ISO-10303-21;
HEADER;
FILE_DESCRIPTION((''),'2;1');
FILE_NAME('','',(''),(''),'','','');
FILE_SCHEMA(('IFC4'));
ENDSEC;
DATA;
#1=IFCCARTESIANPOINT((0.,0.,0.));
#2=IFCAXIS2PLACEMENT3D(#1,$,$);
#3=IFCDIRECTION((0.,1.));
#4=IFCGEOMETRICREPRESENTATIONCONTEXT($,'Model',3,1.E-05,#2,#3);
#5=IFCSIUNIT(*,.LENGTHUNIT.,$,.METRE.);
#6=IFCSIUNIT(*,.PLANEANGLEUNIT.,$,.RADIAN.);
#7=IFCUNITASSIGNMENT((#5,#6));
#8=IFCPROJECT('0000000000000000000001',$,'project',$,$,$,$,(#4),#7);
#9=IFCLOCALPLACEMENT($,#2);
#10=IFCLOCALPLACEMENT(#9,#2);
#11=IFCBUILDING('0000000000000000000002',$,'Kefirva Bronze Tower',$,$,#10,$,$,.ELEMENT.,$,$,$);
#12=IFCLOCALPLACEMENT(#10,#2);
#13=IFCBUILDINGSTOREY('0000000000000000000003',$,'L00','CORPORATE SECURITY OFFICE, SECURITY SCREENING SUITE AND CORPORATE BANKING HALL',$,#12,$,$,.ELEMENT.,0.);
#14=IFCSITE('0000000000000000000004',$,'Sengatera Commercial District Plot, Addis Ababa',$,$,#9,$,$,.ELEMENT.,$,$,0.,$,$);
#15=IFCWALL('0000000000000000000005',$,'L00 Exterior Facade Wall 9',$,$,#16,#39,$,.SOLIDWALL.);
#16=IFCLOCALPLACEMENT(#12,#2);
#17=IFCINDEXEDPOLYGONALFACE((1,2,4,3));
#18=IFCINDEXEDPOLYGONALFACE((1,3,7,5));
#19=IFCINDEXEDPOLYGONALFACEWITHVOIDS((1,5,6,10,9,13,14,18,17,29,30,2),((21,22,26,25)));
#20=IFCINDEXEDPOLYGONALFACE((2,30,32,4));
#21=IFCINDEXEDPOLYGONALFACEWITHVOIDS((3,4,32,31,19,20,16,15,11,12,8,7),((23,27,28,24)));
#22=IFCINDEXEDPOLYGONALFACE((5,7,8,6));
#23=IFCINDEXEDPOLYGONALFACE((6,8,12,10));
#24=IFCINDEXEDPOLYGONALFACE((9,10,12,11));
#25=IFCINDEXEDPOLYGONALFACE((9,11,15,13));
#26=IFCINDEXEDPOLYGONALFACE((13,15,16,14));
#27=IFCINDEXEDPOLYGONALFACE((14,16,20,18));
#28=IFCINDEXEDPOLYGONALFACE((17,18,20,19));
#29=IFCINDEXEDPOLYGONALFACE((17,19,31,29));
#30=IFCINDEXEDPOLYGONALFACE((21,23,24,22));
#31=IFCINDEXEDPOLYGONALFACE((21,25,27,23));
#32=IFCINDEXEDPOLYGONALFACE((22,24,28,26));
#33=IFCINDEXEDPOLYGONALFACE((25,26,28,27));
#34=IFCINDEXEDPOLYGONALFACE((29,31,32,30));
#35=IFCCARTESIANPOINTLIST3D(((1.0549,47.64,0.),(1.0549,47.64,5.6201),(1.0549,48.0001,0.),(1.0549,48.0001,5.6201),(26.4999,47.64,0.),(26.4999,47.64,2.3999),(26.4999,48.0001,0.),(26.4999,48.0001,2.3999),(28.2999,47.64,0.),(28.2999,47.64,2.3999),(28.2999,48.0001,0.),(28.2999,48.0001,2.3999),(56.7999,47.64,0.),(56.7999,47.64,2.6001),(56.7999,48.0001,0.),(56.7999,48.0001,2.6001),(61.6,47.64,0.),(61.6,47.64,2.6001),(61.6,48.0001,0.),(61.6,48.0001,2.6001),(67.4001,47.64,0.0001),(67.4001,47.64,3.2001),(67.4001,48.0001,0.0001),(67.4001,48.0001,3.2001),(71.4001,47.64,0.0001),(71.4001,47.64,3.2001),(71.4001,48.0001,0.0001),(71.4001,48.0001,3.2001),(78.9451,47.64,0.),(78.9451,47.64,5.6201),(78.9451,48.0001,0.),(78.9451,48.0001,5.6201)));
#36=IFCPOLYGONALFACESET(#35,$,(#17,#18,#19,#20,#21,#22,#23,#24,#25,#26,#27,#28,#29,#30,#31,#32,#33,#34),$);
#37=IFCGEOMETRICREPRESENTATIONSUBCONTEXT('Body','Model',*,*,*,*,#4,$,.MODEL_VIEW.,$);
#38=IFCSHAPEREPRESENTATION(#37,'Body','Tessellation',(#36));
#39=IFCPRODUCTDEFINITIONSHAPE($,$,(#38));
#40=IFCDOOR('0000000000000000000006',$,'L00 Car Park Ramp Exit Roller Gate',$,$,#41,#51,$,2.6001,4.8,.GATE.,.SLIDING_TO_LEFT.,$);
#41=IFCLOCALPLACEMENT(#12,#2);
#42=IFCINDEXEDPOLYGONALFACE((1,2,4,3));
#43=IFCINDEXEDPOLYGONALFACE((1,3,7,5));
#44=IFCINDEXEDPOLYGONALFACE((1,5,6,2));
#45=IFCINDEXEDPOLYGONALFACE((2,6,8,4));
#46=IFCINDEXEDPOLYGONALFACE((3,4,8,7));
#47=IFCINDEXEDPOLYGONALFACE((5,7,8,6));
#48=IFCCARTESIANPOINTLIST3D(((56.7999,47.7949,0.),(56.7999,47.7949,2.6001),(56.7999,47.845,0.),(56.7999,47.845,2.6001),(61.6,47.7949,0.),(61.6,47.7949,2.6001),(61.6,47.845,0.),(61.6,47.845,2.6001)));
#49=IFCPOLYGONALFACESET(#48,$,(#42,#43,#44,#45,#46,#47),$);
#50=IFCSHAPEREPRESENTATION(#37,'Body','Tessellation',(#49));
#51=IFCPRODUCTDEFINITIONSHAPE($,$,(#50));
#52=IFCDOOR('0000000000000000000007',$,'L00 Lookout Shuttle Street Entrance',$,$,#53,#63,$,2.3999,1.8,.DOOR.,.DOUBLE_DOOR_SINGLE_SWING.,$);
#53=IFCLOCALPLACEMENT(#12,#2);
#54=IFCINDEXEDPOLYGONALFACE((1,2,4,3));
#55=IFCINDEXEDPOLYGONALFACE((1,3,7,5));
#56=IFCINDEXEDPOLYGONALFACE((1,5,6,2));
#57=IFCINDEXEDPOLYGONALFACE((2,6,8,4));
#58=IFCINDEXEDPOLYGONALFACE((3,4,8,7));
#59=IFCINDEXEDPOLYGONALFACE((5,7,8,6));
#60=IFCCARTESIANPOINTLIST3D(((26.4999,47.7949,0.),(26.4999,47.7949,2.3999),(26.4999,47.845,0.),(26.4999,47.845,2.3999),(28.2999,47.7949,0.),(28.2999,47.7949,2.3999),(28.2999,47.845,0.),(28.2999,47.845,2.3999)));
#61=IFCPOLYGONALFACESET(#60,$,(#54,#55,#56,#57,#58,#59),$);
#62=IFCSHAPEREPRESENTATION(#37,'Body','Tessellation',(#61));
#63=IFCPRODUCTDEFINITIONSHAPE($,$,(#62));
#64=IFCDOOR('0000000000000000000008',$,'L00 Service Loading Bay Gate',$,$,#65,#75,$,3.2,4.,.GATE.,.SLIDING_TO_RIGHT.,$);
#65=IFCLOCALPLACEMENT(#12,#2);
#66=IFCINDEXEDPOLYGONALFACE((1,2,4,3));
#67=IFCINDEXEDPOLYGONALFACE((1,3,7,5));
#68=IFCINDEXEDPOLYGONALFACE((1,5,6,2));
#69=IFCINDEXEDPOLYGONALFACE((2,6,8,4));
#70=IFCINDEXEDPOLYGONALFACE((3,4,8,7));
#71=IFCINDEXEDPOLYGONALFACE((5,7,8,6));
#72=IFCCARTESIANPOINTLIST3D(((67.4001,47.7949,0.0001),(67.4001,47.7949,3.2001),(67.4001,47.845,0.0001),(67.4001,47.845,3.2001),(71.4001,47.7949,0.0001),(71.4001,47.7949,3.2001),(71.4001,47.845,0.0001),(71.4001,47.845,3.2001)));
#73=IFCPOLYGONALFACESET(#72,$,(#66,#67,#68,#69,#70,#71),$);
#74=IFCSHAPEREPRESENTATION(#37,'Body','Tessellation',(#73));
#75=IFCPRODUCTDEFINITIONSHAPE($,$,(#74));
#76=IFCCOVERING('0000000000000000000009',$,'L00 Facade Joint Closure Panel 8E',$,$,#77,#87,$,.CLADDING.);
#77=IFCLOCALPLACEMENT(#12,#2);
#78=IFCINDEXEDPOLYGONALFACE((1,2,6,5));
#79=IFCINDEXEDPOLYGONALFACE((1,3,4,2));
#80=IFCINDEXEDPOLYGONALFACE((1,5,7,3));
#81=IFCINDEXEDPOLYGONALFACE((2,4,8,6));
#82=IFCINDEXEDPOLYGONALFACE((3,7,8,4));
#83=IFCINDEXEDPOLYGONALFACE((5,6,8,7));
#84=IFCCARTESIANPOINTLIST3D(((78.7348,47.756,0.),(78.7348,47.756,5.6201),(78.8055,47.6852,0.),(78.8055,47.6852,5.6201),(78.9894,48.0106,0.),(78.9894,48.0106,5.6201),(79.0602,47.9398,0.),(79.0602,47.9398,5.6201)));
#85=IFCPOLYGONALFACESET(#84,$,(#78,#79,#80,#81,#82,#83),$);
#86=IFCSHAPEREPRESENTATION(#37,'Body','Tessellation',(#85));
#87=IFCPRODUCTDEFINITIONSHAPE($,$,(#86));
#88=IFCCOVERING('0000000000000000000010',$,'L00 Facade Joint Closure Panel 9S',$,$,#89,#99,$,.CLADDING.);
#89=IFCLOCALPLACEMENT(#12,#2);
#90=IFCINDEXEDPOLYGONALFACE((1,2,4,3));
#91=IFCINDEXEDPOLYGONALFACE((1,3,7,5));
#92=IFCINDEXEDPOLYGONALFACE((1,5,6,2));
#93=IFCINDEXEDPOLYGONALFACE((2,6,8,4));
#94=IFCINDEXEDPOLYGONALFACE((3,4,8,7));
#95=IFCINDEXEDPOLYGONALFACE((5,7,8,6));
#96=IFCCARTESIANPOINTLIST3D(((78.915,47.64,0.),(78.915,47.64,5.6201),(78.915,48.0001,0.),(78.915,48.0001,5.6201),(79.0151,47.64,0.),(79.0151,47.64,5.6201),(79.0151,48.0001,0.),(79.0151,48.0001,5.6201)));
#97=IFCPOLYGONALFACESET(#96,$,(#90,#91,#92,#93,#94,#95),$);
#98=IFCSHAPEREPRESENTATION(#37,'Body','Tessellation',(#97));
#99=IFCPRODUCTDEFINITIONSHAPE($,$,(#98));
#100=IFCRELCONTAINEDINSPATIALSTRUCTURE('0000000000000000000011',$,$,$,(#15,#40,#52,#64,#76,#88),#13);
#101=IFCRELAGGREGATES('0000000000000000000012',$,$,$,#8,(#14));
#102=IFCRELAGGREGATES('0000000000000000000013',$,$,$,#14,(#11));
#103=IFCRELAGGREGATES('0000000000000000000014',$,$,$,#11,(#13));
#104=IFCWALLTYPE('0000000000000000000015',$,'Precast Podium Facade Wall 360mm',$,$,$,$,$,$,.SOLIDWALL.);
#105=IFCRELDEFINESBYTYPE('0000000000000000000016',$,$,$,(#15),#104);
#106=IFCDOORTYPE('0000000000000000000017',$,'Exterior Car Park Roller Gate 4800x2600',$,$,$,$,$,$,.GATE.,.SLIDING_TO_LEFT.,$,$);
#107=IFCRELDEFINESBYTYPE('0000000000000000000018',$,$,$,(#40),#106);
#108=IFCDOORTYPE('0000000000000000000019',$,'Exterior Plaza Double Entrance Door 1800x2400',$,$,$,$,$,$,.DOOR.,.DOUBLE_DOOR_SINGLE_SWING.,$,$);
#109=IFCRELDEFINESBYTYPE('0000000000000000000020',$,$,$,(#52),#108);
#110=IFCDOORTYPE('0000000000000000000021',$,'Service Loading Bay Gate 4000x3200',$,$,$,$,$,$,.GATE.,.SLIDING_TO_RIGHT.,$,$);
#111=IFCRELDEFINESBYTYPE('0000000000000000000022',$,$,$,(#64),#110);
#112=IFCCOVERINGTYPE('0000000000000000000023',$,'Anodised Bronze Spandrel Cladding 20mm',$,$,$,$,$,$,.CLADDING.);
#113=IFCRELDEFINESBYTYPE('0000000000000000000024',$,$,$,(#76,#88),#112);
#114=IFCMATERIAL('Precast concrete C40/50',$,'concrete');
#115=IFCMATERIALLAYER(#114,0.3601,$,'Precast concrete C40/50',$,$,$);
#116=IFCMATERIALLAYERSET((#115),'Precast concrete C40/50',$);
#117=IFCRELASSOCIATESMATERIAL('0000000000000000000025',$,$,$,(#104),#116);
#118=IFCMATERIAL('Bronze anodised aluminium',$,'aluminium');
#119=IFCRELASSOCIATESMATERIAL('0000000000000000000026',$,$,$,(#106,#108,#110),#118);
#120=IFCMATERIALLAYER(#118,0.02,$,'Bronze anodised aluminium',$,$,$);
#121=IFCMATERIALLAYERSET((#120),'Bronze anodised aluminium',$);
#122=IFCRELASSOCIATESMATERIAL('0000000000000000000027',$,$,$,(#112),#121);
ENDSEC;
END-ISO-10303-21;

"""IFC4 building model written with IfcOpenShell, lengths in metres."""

from ifc_helpers import new_model, si_unit, direction, frame, frame_2d, origin, origin_2d, place, context, subcontext, project, spatial, rectangle, extrude, material, layer, layer_set, type_object, element, fill, save


model = new_model("IFC4")

# Units and contexts
model_context = context("Model", 3, precision=1e-05, world=origin(), true_north=direction((0.0, 1.0)))
body_context = subcontext(model_context, "Body", "Model", "MODEL_VIEW")
ifc_project = project(units=[si_unit("LENGTHUNIT", "METRE"), si_unit("PLANEANGLEUNIT", "RADIAN")], contexts=[model_context])

# Site, building, storey
site_placement = place(None, origin())
site = spatial("IfcSite", under=ifc_project, at=site_placement, Name="Sengatera Commercial District Plot, Addis Ababa", CompositionType="ELEMENT", RefElevation=0.0)
building_placement = place(site_placement, origin())
building = spatial("IfcBuilding", under=site, at=building_placement, Name="Kefirva Bronze Tower", CompositionType="ELEMENT")
storey_placement = place(building_placement, origin())
storey = spatial("IfcBuildingStorey", under=building, at=storey_placement, Name="L00", Description="CORPORATE SECURITY OFFICE, SECURITY SCREENING SUITE AND CORPORATE BANKING HALL", CompositionType="ELEMENT", Elevation=0.0)

# Wall, openings, doors
ifc_material_1 = material(Name="Precast concrete C40/50", Category="concrete")
ifc_layer_1 = layer(ifc_material_1, 0.3601, Name="Precast concrete C40/50")
ifc_layer_set_1 = layer_set([ifc_layer_1], Name="Precast concrete C40/50")
wall_type = type_object("IfcWallType", Name="Precast Podium Facade Wall 360mm", PredefinedType="SOLIDWALL", material=ifc_layer_set_1)
wall_placement = place(storey_placement, frame((78.9451, 47.8201, 0.0), z_axis=(0.0, 0.0, 1.0), x_axis=(-1.0, 0.0, 0.0)))
wall = element("IfcWall", 1, at=wall_placement, inside=storey, type_object=wall_type, Name="L00 Exterior Facade Wall 9", PredefinedType="SOLIDWALL", context=body_context, shape_type="SweptSolid", body=[
    extrude(rectangle(XDim=77.8901, YDim=0.3601, at=frame_2d((38.9451, 0.0))), origin(), (0.0, 0.0, 1.0), 5.6201),
])
opening_1_placement = place(wall_placement, frame((22.145, 0.0, 0.0), z_axis=(0.0, 0.0, 1.0), x_axis=(-1.0, 0.0, 0.0)))
opening_1 = element("IfcOpeningElement", 2, at=opening_1_placement, cuts=wall, PredefinedType="OPENING", context=body_context, shape_type="SweptSolid", body=[
    extrude(rectangle(XDim=4.8, YDim=2.6001, at=frame_2d((2.3999, 1.3))), frame((0.0, 0.1899, 0.0), z_axis=(0.0, -1.0, 0.0), x_axis=(1.0, 0.0, 0.0)), (0.0, 0.0, 1.0), 0.3801),
])
opening_2_placement = place(wall_placement, frame((11.5449, 0.0, 0.0), z_axis=(0.0, 0.0, 1.0), x_axis=(-1.0, 0.0, 0.0)))
opening_2 = element("IfcOpeningElement", 3, at=opening_2_placement, cuts=wall, PredefinedType="OPENING", context=body_context, shape_type="SweptSolid", body=[
    extrude(rectangle(XDim=4.0, YDim=3.2, at=frame_2d((2.0, 1.6001))), frame((0.0, 0.1899, 0.0), z_axis=(0.0, -1.0, 0.0), x_axis=(1.0, 0.0, 0.0)), (0.0, 0.0, 1.0), 0.3801),
])
opening_3_placement = place(wall_placement, frame((52.4451, 0.0, 0.0), z_axis=(0.0, 0.0, 1.0), x_axis=(-1.0, 0.0, 0.0)))
opening_3 = element("IfcOpeningElement", 4, at=opening_3_placement, cuts=wall, PredefinedType="OPENING", context=body_context, shape_type="SweptSolid", body=[
    extrude(rectangle(XDim=1.8, YDim=2.3999, at=frame_2d((0.8999, 1.2))), frame((0.0, 0.1899, 0.0), z_axis=(0.0, -1.0, 0.0), x_axis=(1.0, 0.0, 0.0)), (0.0, 0.0, 1.0), 0.3801),
])
ifc_material_2 = material(Name="Bronze anodised aluminium", Category="aluminium")
door_type_1 = type_object("IfcDoorType", Name="Exterior Car Park Roller Gate 4800x2600", OperationType="SLIDING_TO_LEFT", PredefinedType="GATE", material=ifc_material_2)
door_1_placement = place(opening_1_placement, origin())
door_1 = element("IfcDoor", 5, at=door_1_placement, inside=storey, type_object=door_type_1, Name="L00 Car Park Ramp Exit Roller Gate", OperationType="SLIDING_TO_LEFT", OverallHeight=2.6001, OverallWidth=4.8, PredefinedType="GATE", context=body_context, shape_type="SweptSolid", body=[
    extrude(rectangle(XDim=4.8, YDim=2.6001, at=frame_2d((2.3999, 1.3))), frame((0.0, 0.0249, 0.0), z_axis=(0.0, -1.0, 0.0), x_axis=(1.0, 0.0, 0.0)), (0.0, 0.0, 1.0), 0.05),
])
fill(opening_1, door_1)
door_type_2 = type_object("IfcDoorType", Name="Exterior Plaza Double Entrance Door 1800x2400", OperationType="DOUBLE_DOOR_SINGLE_SWING", PredefinedType="DOOR", material=ifc_material_2)
door_2_placement = place(opening_3_placement, origin())
door_2 = element("IfcDoor", 6, at=door_2_placement, inside=storey, type_object=door_type_2, Name="L00 Lookout Shuttle Street Entrance", OperationType="DOUBLE_DOOR_SINGLE_SWING", OverallHeight=2.3999, OverallWidth=1.8, PredefinedType="DOOR", context=body_context, shape_type="SweptSolid", body=[
    extrude(rectangle(XDim=1.8, YDim=2.3999, at=frame_2d((0.8999, 1.2))), frame((0.0, 0.0249, 0.0), z_axis=(0.0, -1.0, 0.0), x_axis=(1.0, 0.0, 0.0)), (0.0, 0.0, 1.0), 0.05),
])
fill(opening_3, door_2)
door_type_3 = type_object("IfcDoorType", Name="Service Loading Bay Gate 4000x3200", OperationType="SLIDING_TO_RIGHT", PredefinedType="GATE", material=ifc_material_2)
door_3_placement = place(opening_2_placement, origin())
door_3 = element("IfcDoor", 7, at=door_3_placement, inside=storey, type_object=door_type_3, Name="L00 Service Loading Bay Gate", OperationType="SLIDING_TO_RIGHT", OverallHeight=3.2, OverallWidth=4.0, PredefinedType="GATE", context=body_context, shape_type="SweptSolid", body=[
    extrude(rectangle(XDim=4.0, YDim=3.2, at=frame_2d((2.0, 1.6001))), frame((0.0, 0.0249, 0.0), z_axis=(0.0, -1.0, 0.0), x_axis=(1.0, 0.0, 0.0)), (0.0, 0.0, 1.0), 0.05),
])
fill(opening_2, door_3)

# Coverings
ifc_layer_2 = layer(ifc_material_2, 0.02, Name="Bronze anodised aluminium")
ifc_layer_set_2 = layer_set([ifc_layer_2], Name="Bronze anodised aluminium")
covering_type = type_object("IfcCoveringType", Name="Anodised Bronze Spandrel Cladding 20mm", PredefinedType="CLADDING", material=ifc_layer_set_2)
for number, where, z_axis, x_axis, name in (
    (8, (78.8975, 47.8479, 0.0), (0.0, 0.0, 1.0), (-0.707107, 0.707107, 0.0), "L00 Facade Joint Closure Panel 8E"),
    (9, (78.9651, 47.8201, 0.0), (0.0, 0.0, 1.0), (-1.0, 0.0, 0.0), "L00 Facade Joint Closure Panel 9S"),
):
    element("IfcCovering", number, at=place(storey_placement, frame(where, z_axis=z_axis, x_axis=x_axis)), inside=storey, type_object=covering_type, Name=name, PredefinedType="CLADDING", context=body_context, shape_type="SweptSolid", body=[
        extrude(rectangle(XDim=0.1001, YDim=0.3601, at=origin_2d()), origin(), (0.0, 0.0, 1.0), 5.6201),
    ])

save(model, "model.ifc")
